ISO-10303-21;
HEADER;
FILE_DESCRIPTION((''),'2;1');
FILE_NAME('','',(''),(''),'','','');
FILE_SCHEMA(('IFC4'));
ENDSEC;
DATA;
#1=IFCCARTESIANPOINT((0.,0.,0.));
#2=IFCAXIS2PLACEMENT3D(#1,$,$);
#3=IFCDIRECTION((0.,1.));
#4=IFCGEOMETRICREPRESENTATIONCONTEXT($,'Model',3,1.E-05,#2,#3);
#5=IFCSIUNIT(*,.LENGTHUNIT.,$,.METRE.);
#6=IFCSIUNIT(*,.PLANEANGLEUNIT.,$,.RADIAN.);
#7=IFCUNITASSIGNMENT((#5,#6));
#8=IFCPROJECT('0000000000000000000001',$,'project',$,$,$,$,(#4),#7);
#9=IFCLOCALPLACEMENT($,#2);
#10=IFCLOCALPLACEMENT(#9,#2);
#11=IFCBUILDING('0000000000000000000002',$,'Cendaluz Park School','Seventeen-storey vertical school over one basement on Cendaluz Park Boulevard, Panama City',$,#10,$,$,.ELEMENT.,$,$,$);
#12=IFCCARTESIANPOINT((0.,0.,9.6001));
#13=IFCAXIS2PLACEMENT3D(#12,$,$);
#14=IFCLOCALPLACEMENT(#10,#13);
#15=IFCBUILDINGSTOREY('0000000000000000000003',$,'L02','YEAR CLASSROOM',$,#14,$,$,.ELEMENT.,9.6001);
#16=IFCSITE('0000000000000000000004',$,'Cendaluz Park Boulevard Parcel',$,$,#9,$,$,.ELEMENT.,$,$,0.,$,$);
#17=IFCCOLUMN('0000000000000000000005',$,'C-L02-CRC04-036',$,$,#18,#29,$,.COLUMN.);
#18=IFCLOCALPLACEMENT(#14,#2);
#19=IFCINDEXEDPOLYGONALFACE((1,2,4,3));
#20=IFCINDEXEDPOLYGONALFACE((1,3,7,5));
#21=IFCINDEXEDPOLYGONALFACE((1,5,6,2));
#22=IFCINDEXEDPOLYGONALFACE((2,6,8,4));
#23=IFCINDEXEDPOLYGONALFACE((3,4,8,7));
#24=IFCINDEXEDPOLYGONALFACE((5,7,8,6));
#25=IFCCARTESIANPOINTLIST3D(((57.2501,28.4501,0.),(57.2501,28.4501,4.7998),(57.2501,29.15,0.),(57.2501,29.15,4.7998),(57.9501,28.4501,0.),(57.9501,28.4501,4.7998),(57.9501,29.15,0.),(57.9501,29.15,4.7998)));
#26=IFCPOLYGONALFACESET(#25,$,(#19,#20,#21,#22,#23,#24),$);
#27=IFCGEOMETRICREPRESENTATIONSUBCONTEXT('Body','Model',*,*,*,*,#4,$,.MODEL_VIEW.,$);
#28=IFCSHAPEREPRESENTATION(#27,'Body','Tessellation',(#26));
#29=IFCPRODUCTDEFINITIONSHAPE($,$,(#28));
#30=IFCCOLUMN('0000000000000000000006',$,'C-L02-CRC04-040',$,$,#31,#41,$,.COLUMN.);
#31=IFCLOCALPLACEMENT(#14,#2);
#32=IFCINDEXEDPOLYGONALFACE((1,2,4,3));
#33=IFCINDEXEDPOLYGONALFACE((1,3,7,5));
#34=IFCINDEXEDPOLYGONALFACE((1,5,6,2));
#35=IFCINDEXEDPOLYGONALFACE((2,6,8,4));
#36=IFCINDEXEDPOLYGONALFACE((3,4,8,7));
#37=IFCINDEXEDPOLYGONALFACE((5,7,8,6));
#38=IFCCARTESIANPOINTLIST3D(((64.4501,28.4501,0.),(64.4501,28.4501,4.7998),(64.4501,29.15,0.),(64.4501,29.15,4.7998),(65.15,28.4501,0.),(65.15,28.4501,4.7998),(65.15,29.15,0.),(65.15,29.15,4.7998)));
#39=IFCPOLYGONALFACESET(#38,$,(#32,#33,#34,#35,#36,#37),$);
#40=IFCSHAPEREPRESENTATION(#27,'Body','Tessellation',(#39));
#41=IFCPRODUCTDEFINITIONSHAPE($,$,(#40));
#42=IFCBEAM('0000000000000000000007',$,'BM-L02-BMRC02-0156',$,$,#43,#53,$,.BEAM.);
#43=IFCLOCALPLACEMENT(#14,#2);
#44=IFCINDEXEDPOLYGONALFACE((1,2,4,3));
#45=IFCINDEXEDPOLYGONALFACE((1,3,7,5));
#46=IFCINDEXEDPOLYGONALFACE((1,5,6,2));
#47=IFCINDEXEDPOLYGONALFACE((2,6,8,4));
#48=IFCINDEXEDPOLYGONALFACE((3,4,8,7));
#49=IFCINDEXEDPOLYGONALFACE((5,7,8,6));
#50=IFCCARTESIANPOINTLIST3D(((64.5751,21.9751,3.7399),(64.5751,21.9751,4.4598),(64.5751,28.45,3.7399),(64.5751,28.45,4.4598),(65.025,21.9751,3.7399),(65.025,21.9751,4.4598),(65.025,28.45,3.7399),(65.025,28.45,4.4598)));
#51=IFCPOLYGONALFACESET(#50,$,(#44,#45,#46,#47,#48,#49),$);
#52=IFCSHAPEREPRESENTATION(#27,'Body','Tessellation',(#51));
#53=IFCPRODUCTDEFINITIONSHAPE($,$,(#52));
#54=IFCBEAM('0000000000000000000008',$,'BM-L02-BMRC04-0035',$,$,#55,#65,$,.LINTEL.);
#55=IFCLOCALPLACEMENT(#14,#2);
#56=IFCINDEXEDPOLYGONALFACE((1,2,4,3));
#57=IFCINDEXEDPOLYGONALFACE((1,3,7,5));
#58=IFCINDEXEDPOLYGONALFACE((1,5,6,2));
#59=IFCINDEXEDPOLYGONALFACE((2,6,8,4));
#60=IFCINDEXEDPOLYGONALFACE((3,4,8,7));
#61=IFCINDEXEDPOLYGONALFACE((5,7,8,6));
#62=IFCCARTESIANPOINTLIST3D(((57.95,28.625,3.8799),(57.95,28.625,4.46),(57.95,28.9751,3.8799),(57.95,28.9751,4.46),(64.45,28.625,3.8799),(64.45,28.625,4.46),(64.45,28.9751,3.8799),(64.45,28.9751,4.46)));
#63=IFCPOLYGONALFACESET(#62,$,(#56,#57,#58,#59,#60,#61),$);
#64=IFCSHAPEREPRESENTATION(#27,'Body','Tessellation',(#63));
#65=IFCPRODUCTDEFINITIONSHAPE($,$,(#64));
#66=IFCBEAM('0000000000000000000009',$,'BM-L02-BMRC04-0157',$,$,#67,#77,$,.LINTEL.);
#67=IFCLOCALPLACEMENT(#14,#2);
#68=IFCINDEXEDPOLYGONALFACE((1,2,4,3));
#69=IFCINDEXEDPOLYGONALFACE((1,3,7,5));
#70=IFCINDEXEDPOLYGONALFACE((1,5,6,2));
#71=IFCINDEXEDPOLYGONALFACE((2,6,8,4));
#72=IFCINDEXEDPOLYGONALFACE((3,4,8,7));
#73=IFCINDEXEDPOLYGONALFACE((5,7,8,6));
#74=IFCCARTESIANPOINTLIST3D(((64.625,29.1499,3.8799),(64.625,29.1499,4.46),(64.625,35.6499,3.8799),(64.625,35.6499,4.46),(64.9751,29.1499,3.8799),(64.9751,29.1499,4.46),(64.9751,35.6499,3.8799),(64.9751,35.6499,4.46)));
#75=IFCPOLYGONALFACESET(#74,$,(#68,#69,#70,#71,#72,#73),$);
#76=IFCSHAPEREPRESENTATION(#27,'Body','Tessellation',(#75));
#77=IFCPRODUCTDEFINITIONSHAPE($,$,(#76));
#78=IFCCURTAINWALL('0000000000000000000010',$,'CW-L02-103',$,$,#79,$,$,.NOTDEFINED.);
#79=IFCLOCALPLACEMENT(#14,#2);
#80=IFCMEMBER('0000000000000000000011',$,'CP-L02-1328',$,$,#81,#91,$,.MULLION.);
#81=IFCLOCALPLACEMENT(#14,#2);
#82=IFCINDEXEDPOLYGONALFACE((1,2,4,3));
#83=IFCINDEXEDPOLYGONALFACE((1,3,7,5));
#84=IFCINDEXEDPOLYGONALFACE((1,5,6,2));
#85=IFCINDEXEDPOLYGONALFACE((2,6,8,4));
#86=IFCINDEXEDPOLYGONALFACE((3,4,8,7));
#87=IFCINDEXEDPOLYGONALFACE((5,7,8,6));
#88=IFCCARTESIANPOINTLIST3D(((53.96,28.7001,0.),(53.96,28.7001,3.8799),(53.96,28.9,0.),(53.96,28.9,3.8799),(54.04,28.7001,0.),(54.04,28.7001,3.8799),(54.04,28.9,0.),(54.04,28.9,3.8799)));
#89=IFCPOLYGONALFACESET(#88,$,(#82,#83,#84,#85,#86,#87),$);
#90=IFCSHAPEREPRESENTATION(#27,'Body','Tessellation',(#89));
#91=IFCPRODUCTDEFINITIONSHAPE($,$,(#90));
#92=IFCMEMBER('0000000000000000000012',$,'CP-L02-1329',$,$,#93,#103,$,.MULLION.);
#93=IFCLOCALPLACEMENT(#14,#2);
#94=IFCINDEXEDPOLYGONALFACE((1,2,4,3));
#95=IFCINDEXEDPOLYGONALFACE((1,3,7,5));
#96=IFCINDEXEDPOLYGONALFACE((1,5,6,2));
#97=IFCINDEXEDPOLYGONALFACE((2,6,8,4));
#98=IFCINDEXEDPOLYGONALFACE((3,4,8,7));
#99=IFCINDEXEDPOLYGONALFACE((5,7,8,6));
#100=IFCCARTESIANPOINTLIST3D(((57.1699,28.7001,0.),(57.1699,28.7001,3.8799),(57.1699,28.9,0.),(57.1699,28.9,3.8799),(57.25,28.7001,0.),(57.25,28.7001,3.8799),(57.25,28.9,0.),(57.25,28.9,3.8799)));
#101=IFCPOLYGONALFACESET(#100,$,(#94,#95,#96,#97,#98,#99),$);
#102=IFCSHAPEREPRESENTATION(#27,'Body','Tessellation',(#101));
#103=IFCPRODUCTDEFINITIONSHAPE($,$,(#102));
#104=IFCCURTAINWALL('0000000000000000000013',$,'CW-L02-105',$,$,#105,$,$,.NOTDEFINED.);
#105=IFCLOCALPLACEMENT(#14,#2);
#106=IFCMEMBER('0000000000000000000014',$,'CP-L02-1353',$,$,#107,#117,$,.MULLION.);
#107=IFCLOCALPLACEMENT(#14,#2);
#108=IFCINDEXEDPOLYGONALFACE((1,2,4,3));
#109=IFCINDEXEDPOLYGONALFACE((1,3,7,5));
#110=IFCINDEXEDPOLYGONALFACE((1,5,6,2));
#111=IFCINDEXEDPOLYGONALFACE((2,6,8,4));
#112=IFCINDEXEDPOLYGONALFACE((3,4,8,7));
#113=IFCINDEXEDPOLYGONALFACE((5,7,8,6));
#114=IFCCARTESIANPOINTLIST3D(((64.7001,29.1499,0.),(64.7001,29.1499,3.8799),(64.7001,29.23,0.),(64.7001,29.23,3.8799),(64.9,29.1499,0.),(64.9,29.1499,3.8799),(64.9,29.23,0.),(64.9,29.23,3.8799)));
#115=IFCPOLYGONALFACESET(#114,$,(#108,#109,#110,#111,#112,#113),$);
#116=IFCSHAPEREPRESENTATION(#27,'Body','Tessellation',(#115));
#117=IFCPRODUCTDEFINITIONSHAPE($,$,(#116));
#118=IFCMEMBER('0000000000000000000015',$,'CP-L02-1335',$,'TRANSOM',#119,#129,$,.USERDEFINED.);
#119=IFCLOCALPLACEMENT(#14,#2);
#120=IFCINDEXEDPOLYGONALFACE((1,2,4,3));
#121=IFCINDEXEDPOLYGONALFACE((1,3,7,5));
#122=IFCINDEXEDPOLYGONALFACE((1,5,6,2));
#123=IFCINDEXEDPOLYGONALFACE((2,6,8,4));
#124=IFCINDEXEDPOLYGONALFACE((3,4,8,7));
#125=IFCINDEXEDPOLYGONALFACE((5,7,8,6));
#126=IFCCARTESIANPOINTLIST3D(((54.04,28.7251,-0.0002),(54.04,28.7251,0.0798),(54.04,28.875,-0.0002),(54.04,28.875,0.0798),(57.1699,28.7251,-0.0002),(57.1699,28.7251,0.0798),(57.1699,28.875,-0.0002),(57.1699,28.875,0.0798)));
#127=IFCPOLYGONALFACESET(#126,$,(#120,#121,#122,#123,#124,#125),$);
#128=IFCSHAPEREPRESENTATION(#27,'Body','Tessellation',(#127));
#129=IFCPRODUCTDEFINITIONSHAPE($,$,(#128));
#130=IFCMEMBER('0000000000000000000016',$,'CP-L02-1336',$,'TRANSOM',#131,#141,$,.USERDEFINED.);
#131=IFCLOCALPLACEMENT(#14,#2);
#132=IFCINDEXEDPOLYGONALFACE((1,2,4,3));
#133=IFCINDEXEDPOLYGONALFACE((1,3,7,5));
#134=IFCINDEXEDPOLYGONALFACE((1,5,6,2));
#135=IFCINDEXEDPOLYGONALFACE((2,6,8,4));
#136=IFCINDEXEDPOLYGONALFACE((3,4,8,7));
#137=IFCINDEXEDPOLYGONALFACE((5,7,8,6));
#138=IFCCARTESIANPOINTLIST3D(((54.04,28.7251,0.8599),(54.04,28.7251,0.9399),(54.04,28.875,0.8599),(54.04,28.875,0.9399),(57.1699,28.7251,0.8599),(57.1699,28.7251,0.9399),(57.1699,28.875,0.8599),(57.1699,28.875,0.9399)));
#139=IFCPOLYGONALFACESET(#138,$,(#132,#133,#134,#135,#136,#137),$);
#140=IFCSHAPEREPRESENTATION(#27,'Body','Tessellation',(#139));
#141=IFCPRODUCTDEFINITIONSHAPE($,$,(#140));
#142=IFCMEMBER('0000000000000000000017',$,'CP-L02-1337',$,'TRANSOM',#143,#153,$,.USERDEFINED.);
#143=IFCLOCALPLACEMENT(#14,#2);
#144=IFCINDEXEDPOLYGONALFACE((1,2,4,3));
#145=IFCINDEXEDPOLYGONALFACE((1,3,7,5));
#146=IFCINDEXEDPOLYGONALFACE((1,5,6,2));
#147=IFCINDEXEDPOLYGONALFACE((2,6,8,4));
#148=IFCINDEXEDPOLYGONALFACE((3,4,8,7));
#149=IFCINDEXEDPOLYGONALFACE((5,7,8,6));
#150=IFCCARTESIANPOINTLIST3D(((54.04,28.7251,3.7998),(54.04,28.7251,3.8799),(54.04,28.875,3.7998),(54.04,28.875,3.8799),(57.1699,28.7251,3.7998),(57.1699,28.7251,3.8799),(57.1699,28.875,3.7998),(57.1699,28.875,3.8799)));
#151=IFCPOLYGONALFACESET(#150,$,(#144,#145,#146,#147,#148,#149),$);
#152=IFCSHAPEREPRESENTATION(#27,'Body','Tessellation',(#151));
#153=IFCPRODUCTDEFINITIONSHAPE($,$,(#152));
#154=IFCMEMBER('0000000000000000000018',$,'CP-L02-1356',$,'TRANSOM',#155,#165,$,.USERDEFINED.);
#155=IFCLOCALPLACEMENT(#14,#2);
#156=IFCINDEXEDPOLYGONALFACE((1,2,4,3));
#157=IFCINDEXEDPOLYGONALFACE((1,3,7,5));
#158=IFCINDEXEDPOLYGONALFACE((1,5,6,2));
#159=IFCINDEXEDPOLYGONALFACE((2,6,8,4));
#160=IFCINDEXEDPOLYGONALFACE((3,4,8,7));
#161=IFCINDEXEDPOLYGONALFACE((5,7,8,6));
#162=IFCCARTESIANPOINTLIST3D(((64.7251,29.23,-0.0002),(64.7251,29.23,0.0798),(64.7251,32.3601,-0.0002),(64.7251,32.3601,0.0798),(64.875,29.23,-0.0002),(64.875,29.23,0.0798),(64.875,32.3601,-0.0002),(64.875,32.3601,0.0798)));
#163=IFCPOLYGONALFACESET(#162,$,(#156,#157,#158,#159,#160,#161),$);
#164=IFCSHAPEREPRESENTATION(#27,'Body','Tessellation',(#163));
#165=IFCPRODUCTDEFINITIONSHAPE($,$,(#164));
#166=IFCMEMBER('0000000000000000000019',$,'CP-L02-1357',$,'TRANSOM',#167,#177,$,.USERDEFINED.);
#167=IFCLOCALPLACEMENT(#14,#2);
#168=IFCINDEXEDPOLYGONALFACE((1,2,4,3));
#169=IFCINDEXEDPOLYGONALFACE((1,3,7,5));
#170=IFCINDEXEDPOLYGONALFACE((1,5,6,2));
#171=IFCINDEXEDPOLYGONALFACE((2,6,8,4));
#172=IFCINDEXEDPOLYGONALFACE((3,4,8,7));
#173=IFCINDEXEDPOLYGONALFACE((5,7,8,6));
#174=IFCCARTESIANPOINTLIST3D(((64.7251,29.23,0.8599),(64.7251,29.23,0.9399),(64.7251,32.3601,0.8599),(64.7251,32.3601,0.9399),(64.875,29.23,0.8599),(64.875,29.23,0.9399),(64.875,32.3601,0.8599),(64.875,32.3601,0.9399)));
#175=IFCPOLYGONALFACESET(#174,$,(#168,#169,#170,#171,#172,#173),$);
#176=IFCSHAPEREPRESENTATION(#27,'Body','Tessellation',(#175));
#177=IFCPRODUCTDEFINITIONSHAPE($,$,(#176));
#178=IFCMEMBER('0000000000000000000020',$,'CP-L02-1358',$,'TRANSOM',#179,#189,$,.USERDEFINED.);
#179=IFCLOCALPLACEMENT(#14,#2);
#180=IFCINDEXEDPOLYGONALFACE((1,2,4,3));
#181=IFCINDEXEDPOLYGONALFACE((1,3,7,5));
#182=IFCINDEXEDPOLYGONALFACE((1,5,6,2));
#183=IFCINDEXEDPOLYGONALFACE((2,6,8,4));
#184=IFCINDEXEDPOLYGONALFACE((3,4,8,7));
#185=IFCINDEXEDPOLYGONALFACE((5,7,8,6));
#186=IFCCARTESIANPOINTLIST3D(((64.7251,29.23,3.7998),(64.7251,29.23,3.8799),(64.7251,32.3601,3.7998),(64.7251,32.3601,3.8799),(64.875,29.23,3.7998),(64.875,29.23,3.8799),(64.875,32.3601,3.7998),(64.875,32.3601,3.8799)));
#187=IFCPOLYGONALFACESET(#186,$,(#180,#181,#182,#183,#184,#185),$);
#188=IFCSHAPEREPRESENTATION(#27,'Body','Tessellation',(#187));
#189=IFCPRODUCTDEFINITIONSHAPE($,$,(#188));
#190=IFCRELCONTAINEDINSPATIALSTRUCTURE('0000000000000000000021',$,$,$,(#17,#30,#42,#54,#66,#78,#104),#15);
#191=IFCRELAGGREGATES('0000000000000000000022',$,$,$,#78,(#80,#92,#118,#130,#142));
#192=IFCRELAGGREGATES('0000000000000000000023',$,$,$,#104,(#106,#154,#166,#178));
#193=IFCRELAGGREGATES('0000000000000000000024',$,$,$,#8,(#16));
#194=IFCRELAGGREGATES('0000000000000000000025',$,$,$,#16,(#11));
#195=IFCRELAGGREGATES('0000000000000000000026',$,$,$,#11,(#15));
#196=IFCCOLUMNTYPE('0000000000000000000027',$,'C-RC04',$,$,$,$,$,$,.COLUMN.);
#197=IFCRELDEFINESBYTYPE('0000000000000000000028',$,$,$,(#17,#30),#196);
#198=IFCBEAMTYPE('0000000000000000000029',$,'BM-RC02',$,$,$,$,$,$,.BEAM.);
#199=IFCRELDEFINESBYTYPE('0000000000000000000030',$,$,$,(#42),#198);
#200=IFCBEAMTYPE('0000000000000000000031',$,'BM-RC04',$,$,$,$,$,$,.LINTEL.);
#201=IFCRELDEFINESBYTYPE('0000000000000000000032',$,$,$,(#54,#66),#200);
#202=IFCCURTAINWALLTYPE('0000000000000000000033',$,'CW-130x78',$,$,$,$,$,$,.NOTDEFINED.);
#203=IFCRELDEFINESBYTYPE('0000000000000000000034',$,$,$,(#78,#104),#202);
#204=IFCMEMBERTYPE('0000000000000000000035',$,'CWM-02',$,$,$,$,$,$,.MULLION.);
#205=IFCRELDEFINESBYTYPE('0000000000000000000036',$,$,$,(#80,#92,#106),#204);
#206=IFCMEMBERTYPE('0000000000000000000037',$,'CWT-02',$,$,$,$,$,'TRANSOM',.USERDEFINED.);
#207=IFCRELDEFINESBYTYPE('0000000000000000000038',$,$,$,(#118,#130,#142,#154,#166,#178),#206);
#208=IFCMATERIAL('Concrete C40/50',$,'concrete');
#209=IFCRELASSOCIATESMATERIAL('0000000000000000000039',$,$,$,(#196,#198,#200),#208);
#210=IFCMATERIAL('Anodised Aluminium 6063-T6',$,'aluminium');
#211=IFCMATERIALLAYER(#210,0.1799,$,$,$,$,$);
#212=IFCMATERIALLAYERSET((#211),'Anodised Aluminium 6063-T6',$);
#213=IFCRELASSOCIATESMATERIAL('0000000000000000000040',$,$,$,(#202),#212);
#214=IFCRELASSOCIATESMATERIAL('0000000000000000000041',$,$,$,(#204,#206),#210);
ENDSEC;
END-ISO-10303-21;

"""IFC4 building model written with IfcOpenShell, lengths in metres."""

from ifc_helpers import new_model, si_unit, direction, frame, origin, origin_2d, place, context, subcontext, project, spatial, rectangle, extrude, material, layer, layer_set, material_profile, profile_set, type_object, element, aggregate, save


model = new_model("IFC4")

# Units and contexts
model_context = context("Model", 3, precision=1e-05, world=origin(), true_north=direction((0.0, 1.0)))
body_context = subcontext(model_context, "Body", "Model", "MODEL_VIEW")
ifc_project = project(units=[si_unit("LENGTHUNIT", "METRE"), si_unit("PLANEANGLEUNIT", "RADIAN")], contexts=[model_context])

# Site, building, storey
site_placement = place(None, origin())
site = spatial("IfcSite", under=ifc_project, at=site_placement, Name="Cendaluz Park Boulevard Parcel", CompositionType="ELEMENT", RefElevation=0.0)
building_placement = place(site_placement, origin())
building = spatial("IfcBuilding", under=site, at=building_placement, Name="Cendaluz Park School", Description="Seventeen-storey vertical school over one basement on Cendaluz Park Boulevard, Panama City", CompositionType="ELEMENT")
storey_placement = place(building_placement, frame((0.0, 0.0, 9.6001)))
storey = spatial("IfcBuildingStorey", under=building, at=storey_placement, Name="L02", Description="YEAR CLASSROOM", CompositionType="ELEMENT", Elevation=9.6001)

# Columns
ifc_material_1 = material(Name="Concrete C40/50", Category="concrete")
ifc_material_profile_1 = material_profile(ifc_material_1, rectangle(XDim=0.7, YDim=0.7, at=origin_2d()), Name="RC 700x700", Category="concrete")
ifc_profile_set_1 = profile_set([ifc_material_profile_1], Name="Concrete C40/50")
column_type = type_object("IfcColumnType", Name="C-RC04", PredefinedType="COLUMN", material=ifc_profile_set_1)
for number, where, z_axis, x_axis, name in (
    (1, (57.6001, 28.8, 0.0), (0.0, 0.0, 1.0), (1.0, 0.0, 0.0), "C-L02-CRC04-036"),
    (2, (64.8, 28.8, 0.0), (0.0, 0.0, 1.0), (1.0, 0.0, 0.0), "C-L02-CRC04-040"),
):
    element("IfcColumn", number, at=place(storey_placement, frame(where, z_axis=z_axis, x_axis=x_axis)), inside=storey, type_object=column_type, Name=name, PredefinedType="COLUMN", context=body_context, shape_type="SweptSolid", body=[
        extrude(rectangle(XDim=0.7, YDim=0.7, at=origin_2d()), origin(), (0.0, 0.0, 1.0), 4.7998),
    ])

# Beams
ifc_material_profile_2 = material_profile(ifc_material_1, rectangle(XDim=0.45, YDim=0.72, at=origin_2d()), Name="RC 450x720", Category="concrete")
ifc_profile_set_2 = profile_set([ifc_material_profile_2], Name="Concrete C40/50")
beam_type_1 = type_object("IfcBeamType", Name="BM-RC02", PredefinedType="BEAM", material=ifc_profile_set_2)
beam_placement = place(storey_placement, frame((64.8, 21.9751, 4.0999), z_axis=(0.0, 1.0, 0.0), x_axis=(-1.0, 0.0, 0.0)))
element("IfcBeam", 3, at=beam_placement, inside=storey, type_object=beam_type_1, Name="BM-L02-BMRC02-0156", PredefinedType="BEAM", context=body_context, shape_type="SweptSolid", body=[
    extrude(rectangle(XDim=0.45, YDim=0.72, at=origin_2d()), origin(), (0.0, 0.0, 1.0), 6.4749),
])
ifc_material_profile_3 = material_profile(ifc_material_1, rectangle(XDim=0.3501, YDim=0.5801, at=origin_2d()), Name="RC 350x580", Category="concrete")
ifc_profile_set_3 = profile_set([ifc_material_profile_3], Name="Concrete C40/50")
beam_type_2 = type_object("IfcBeamType", Name="BM-RC04", PredefinedType="LINTEL", material=ifc_profile_set_3)
for number, where, z_axis, x_axis, name in (
    (4, (57.95, 28.8, 4.1699), (1.0, 0.0, 0.0), (0.0, 1.0, 0.0), "BM-L02-BMRC04-0035"),
    (5, (64.8, 29.1499, 4.1699), (0.0, 1.0, 0.0), (-1.0, 0.0, 0.0), "BM-L02-BMRC04-0157"),
):
    element("IfcBeam", number, at=place(storey_placement, frame(where, z_axis=z_axis, x_axis=x_axis)), inside=storey, type_object=beam_type_2, Name=name, PredefinedType="LINTEL", context=body_context, shape_type="SweptSolid", body=[
        extrude(rectangle(XDim=0.3501, YDim=0.5801, at=origin_2d()), origin(), (0.0, 0.0, 1.0), 6.5),
    ])

# Curtain wall, members
ifc_material_2 = material(Name="Anodised Aluminium 6063-T6", Category="aluminium")
ifc_layer_1 = layer(ifc_material_2, 0.1799)
ifc_layer_set_1 = layer_set([ifc_layer_1], Name="Anodised Aluminium 6063-T6")
curtain_wall_type = type_object("IfcCurtainWallType", Name="CW-130x78", PredefinedType="NOTDEFINED", material=ifc_layer_set_1)
curtain_wall_1_placement = place(storey_placement, origin())
curtain_wall_1 = element("IfcCurtainWall", 6, at=curtain_wall_1_placement, inside=storey, type_object=curtain_wall_type, Name="CW-L02-103", PredefinedType="NOTDEFINED")
ifc_material_profile_4 = material_profile(ifc_material_2, rectangle(XDim=0.2, YDim=0.0801, at=origin_2d()), Name="CWM 200x80", Category="aluminium")
ifc_profile_set_4 = profile_set([ifc_material_profile_4], Name="Anodised Aluminium 6063-T6")
member_type_1 = type_object("IfcMemberType", Name="CWM-02", PredefinedType="MULLION", material=ifc_profile_set_4)
member_1_placement = place(storey_placement, frame((54.0, 28.8, 0.0), z_axis=(0.0, 0.0, 1.0), x_axis=(0.0, 1.0, 0.0)))
member_1 = element("IfcMember", 7, at=member_1_placement, type_object=member_type_1, Name="CP-L02-1328", PredefinedType="MULLION", context=body_context, shape_type="SweptSolid", body=[
    extrude(rectangle(XDim=0.2, YDim=0.0801, at=origin_2d()), origin(), (0.0, 0.0, 1.0), 3.8799),
])
member_2_placement = place(storey_placement, frame((57.21, 28.8, 0.0), z_axis=(0.0, 0.0, 1.0), x_axis=(0.0, 1.0, 0.0)))
member_2 = element("IfcMember", 8, at=member_2_placement, type_object=member_type_1, Name="CP-L02-1329", PredefinedType="MULLION", context=body_context, shape_type="SweptSolid", body=[
    extrude(rectangle(XDim=0.2, YDim=0.0801, at=origin_2d()), origin(), (0.0, 0.0, 1.0), 3.8799),
])

# Curtain wall, member
curtain_wall_2_placement = place(storey_placement, origin())
curtain_wall_2 = element("IfcCurtainWall", 9, at=curtain_wall_2_placement, inside=storey, type_object=curtain_wall_type, Name="CW-L02-105", PredefinedType="NOTDEFINED")
member_3_placement = place(storey_placement, frame((64.8, 29.1899, 0.0), z_axis=(0.0, 0.0, 1.0), x_axis=(-1.0, 0.0, 0.0)))
member_3 = element("IfcMember", 10, at=member_3_placement, type_object=member_type_1, Name="CP-L02-1353", PredefinedType="MULLION", context=body_context, shape_type="SweptSolid", body=[
    extrude(rectangle(XDim=0.2, YDim=0.0801, at=origin_2d()), origin(), (0.0, 0.0, 1.0), 3.8799),
])

# Members
ifc_material_profile_5 = material_profile(ifc_material_2, rectangle(XDim=0.1499, YDim=0.0801, at=origin_2d()), Name="CWT 150x80", Category="aluminium")
ifc_profile_set_5 = profile_set([ifc_material_profile_5], Name="Anodised Aluminium 6063-T6")
member_type_2 = type_object("IfcMemberType", Name="CWT-02", ElementType="TRANSOM", PredefinedType="USERDEFINED", material=ifc_profile_set_5)
member_4_placement = place(storey_placement, frame((54.04, 28.8, 0.0398), z_axis=(1.0, 0.0, 0.0), x_axis=(0.0, 1.0, 0.0)))
member_4 = element("IfcMember", 11, at=member_4_placement, type_object=member_type_2, Name="CP-L02-1335", ObjectType="TRANSOM", PredefinedType="USERDEFINED", context=body_context, shape_type="SweptSolid", body=[
    extrude(rectangle(XDim=0.1499, YDim=0.0801, at=origin_2d()), origin(), (0.0, 0.0, 1.0), 3.1299),
])
member_5_placement = place(storey_placement, frame((54.04, 28.8, 0.8999), z_axis=(1.0, 0.0, 0.0), x_axis=(0.0, 1.0, 0.0)))
member_5 = element("IfcMember", 12, at=member_5_placement, type_object=member_type_2, Name="CP-L02-1336", ObjectType="TRANSOM", PredefinedType="USERDEFINED", context=body_context, shape_type="SweptSolid", body=[
    extrude(rectangle(XDim=0.1499, YDim=0.0801, at=origin_2d()), origin(), (0.0, 0.0, 1.0), 3.1299),
])
member_6_placement = place(storey_placement, frame((54.04, 28.8, 3.8398), z_axis=(1.0, 0.0, 0.0), x_axis=(0.0, 1.0, 0.0)))
member_6 = element("IfcMember", 13, at=member_6_placement, type_object=member_type_2, Name="CP-L02-1337", ObjectType="TRANSOM", PredefinedType="USERDEFINED", context=body_context, shape_type="SweptSolid", body=[
    extrude(rectangle(XDim=0.1499, YDim=0.0801, at=origin_2d()), origin(), (0.0, 0.0, 1.0), 3.1299),
])
member_7_placement = place(storey_placement, frame((64.8, 29.23, 0.0398), z_axis=(0.0, 1.0, 0.0), x_axis=(-1.0, 0.0, 0.0)))
member_7 = element("IfcMember", 14, at=member_7_placement, type_object=member_type_2, Name="CP-L02-1356", ObjectType="TRANSOM", PredefinedType="USERDEFINED", context=body_context, shape_type="SweptSolid", body=[
    extrude(rectangle(XDim=0.1499, YDim=0.0801, at=origin_2d()), origin(), (0.0, 0.0, 1.0), 3.1301),
])
member_8_placement = place(storey_placement, frame((64.8, 29.23, 0.8999), z_axis=(0.0, 1.0, 0.0), x_axis=(-1.0, 0.0, 0.0)))
member_8 = element("IfcMember", 15, at=member_8_placement, type_object=member_type_2, Name="CP-L02-1357", ObjectType="TRANSOM", PredefinedType="USERDEFINED", context=body_context, shape_type="SweptSolid", body=[
    extrude(rectangle(XDim=0.1499, YDim=0.0801, at=origin_2d()), origin(), (0.0, 0.0, 1.0), 3.1301),
])
member_9_placement = place(storey_placement, frame((64.8, 29.23, 3.8398), z_axis=(0.0, 1.0, 0.0), x_axis=(-1.0, 0.0, 0.0)))
member_9 = element("IfcMember", 16, at=member_9_placement, type_object=member_type_2, Name="CP-L02-1358", ObjectType="TRANSOM", PredefinedType="USERDEFINED", context=body_context, shape_type="SweptSolid", body=[
    extrude(rectangle(XDim=0.1499, YDim=0.0801, at=origin_2d()), origin(), (0.0, 0.0, 1.0), 3.1301),
])

aggregate(curtain_wall_1, [member_1, member_2, member_4, member_5, member_6])
aggregate(curtain_wall_2, [member_3, member_7, member_8, member_9])

save(model, "model.ifc")
